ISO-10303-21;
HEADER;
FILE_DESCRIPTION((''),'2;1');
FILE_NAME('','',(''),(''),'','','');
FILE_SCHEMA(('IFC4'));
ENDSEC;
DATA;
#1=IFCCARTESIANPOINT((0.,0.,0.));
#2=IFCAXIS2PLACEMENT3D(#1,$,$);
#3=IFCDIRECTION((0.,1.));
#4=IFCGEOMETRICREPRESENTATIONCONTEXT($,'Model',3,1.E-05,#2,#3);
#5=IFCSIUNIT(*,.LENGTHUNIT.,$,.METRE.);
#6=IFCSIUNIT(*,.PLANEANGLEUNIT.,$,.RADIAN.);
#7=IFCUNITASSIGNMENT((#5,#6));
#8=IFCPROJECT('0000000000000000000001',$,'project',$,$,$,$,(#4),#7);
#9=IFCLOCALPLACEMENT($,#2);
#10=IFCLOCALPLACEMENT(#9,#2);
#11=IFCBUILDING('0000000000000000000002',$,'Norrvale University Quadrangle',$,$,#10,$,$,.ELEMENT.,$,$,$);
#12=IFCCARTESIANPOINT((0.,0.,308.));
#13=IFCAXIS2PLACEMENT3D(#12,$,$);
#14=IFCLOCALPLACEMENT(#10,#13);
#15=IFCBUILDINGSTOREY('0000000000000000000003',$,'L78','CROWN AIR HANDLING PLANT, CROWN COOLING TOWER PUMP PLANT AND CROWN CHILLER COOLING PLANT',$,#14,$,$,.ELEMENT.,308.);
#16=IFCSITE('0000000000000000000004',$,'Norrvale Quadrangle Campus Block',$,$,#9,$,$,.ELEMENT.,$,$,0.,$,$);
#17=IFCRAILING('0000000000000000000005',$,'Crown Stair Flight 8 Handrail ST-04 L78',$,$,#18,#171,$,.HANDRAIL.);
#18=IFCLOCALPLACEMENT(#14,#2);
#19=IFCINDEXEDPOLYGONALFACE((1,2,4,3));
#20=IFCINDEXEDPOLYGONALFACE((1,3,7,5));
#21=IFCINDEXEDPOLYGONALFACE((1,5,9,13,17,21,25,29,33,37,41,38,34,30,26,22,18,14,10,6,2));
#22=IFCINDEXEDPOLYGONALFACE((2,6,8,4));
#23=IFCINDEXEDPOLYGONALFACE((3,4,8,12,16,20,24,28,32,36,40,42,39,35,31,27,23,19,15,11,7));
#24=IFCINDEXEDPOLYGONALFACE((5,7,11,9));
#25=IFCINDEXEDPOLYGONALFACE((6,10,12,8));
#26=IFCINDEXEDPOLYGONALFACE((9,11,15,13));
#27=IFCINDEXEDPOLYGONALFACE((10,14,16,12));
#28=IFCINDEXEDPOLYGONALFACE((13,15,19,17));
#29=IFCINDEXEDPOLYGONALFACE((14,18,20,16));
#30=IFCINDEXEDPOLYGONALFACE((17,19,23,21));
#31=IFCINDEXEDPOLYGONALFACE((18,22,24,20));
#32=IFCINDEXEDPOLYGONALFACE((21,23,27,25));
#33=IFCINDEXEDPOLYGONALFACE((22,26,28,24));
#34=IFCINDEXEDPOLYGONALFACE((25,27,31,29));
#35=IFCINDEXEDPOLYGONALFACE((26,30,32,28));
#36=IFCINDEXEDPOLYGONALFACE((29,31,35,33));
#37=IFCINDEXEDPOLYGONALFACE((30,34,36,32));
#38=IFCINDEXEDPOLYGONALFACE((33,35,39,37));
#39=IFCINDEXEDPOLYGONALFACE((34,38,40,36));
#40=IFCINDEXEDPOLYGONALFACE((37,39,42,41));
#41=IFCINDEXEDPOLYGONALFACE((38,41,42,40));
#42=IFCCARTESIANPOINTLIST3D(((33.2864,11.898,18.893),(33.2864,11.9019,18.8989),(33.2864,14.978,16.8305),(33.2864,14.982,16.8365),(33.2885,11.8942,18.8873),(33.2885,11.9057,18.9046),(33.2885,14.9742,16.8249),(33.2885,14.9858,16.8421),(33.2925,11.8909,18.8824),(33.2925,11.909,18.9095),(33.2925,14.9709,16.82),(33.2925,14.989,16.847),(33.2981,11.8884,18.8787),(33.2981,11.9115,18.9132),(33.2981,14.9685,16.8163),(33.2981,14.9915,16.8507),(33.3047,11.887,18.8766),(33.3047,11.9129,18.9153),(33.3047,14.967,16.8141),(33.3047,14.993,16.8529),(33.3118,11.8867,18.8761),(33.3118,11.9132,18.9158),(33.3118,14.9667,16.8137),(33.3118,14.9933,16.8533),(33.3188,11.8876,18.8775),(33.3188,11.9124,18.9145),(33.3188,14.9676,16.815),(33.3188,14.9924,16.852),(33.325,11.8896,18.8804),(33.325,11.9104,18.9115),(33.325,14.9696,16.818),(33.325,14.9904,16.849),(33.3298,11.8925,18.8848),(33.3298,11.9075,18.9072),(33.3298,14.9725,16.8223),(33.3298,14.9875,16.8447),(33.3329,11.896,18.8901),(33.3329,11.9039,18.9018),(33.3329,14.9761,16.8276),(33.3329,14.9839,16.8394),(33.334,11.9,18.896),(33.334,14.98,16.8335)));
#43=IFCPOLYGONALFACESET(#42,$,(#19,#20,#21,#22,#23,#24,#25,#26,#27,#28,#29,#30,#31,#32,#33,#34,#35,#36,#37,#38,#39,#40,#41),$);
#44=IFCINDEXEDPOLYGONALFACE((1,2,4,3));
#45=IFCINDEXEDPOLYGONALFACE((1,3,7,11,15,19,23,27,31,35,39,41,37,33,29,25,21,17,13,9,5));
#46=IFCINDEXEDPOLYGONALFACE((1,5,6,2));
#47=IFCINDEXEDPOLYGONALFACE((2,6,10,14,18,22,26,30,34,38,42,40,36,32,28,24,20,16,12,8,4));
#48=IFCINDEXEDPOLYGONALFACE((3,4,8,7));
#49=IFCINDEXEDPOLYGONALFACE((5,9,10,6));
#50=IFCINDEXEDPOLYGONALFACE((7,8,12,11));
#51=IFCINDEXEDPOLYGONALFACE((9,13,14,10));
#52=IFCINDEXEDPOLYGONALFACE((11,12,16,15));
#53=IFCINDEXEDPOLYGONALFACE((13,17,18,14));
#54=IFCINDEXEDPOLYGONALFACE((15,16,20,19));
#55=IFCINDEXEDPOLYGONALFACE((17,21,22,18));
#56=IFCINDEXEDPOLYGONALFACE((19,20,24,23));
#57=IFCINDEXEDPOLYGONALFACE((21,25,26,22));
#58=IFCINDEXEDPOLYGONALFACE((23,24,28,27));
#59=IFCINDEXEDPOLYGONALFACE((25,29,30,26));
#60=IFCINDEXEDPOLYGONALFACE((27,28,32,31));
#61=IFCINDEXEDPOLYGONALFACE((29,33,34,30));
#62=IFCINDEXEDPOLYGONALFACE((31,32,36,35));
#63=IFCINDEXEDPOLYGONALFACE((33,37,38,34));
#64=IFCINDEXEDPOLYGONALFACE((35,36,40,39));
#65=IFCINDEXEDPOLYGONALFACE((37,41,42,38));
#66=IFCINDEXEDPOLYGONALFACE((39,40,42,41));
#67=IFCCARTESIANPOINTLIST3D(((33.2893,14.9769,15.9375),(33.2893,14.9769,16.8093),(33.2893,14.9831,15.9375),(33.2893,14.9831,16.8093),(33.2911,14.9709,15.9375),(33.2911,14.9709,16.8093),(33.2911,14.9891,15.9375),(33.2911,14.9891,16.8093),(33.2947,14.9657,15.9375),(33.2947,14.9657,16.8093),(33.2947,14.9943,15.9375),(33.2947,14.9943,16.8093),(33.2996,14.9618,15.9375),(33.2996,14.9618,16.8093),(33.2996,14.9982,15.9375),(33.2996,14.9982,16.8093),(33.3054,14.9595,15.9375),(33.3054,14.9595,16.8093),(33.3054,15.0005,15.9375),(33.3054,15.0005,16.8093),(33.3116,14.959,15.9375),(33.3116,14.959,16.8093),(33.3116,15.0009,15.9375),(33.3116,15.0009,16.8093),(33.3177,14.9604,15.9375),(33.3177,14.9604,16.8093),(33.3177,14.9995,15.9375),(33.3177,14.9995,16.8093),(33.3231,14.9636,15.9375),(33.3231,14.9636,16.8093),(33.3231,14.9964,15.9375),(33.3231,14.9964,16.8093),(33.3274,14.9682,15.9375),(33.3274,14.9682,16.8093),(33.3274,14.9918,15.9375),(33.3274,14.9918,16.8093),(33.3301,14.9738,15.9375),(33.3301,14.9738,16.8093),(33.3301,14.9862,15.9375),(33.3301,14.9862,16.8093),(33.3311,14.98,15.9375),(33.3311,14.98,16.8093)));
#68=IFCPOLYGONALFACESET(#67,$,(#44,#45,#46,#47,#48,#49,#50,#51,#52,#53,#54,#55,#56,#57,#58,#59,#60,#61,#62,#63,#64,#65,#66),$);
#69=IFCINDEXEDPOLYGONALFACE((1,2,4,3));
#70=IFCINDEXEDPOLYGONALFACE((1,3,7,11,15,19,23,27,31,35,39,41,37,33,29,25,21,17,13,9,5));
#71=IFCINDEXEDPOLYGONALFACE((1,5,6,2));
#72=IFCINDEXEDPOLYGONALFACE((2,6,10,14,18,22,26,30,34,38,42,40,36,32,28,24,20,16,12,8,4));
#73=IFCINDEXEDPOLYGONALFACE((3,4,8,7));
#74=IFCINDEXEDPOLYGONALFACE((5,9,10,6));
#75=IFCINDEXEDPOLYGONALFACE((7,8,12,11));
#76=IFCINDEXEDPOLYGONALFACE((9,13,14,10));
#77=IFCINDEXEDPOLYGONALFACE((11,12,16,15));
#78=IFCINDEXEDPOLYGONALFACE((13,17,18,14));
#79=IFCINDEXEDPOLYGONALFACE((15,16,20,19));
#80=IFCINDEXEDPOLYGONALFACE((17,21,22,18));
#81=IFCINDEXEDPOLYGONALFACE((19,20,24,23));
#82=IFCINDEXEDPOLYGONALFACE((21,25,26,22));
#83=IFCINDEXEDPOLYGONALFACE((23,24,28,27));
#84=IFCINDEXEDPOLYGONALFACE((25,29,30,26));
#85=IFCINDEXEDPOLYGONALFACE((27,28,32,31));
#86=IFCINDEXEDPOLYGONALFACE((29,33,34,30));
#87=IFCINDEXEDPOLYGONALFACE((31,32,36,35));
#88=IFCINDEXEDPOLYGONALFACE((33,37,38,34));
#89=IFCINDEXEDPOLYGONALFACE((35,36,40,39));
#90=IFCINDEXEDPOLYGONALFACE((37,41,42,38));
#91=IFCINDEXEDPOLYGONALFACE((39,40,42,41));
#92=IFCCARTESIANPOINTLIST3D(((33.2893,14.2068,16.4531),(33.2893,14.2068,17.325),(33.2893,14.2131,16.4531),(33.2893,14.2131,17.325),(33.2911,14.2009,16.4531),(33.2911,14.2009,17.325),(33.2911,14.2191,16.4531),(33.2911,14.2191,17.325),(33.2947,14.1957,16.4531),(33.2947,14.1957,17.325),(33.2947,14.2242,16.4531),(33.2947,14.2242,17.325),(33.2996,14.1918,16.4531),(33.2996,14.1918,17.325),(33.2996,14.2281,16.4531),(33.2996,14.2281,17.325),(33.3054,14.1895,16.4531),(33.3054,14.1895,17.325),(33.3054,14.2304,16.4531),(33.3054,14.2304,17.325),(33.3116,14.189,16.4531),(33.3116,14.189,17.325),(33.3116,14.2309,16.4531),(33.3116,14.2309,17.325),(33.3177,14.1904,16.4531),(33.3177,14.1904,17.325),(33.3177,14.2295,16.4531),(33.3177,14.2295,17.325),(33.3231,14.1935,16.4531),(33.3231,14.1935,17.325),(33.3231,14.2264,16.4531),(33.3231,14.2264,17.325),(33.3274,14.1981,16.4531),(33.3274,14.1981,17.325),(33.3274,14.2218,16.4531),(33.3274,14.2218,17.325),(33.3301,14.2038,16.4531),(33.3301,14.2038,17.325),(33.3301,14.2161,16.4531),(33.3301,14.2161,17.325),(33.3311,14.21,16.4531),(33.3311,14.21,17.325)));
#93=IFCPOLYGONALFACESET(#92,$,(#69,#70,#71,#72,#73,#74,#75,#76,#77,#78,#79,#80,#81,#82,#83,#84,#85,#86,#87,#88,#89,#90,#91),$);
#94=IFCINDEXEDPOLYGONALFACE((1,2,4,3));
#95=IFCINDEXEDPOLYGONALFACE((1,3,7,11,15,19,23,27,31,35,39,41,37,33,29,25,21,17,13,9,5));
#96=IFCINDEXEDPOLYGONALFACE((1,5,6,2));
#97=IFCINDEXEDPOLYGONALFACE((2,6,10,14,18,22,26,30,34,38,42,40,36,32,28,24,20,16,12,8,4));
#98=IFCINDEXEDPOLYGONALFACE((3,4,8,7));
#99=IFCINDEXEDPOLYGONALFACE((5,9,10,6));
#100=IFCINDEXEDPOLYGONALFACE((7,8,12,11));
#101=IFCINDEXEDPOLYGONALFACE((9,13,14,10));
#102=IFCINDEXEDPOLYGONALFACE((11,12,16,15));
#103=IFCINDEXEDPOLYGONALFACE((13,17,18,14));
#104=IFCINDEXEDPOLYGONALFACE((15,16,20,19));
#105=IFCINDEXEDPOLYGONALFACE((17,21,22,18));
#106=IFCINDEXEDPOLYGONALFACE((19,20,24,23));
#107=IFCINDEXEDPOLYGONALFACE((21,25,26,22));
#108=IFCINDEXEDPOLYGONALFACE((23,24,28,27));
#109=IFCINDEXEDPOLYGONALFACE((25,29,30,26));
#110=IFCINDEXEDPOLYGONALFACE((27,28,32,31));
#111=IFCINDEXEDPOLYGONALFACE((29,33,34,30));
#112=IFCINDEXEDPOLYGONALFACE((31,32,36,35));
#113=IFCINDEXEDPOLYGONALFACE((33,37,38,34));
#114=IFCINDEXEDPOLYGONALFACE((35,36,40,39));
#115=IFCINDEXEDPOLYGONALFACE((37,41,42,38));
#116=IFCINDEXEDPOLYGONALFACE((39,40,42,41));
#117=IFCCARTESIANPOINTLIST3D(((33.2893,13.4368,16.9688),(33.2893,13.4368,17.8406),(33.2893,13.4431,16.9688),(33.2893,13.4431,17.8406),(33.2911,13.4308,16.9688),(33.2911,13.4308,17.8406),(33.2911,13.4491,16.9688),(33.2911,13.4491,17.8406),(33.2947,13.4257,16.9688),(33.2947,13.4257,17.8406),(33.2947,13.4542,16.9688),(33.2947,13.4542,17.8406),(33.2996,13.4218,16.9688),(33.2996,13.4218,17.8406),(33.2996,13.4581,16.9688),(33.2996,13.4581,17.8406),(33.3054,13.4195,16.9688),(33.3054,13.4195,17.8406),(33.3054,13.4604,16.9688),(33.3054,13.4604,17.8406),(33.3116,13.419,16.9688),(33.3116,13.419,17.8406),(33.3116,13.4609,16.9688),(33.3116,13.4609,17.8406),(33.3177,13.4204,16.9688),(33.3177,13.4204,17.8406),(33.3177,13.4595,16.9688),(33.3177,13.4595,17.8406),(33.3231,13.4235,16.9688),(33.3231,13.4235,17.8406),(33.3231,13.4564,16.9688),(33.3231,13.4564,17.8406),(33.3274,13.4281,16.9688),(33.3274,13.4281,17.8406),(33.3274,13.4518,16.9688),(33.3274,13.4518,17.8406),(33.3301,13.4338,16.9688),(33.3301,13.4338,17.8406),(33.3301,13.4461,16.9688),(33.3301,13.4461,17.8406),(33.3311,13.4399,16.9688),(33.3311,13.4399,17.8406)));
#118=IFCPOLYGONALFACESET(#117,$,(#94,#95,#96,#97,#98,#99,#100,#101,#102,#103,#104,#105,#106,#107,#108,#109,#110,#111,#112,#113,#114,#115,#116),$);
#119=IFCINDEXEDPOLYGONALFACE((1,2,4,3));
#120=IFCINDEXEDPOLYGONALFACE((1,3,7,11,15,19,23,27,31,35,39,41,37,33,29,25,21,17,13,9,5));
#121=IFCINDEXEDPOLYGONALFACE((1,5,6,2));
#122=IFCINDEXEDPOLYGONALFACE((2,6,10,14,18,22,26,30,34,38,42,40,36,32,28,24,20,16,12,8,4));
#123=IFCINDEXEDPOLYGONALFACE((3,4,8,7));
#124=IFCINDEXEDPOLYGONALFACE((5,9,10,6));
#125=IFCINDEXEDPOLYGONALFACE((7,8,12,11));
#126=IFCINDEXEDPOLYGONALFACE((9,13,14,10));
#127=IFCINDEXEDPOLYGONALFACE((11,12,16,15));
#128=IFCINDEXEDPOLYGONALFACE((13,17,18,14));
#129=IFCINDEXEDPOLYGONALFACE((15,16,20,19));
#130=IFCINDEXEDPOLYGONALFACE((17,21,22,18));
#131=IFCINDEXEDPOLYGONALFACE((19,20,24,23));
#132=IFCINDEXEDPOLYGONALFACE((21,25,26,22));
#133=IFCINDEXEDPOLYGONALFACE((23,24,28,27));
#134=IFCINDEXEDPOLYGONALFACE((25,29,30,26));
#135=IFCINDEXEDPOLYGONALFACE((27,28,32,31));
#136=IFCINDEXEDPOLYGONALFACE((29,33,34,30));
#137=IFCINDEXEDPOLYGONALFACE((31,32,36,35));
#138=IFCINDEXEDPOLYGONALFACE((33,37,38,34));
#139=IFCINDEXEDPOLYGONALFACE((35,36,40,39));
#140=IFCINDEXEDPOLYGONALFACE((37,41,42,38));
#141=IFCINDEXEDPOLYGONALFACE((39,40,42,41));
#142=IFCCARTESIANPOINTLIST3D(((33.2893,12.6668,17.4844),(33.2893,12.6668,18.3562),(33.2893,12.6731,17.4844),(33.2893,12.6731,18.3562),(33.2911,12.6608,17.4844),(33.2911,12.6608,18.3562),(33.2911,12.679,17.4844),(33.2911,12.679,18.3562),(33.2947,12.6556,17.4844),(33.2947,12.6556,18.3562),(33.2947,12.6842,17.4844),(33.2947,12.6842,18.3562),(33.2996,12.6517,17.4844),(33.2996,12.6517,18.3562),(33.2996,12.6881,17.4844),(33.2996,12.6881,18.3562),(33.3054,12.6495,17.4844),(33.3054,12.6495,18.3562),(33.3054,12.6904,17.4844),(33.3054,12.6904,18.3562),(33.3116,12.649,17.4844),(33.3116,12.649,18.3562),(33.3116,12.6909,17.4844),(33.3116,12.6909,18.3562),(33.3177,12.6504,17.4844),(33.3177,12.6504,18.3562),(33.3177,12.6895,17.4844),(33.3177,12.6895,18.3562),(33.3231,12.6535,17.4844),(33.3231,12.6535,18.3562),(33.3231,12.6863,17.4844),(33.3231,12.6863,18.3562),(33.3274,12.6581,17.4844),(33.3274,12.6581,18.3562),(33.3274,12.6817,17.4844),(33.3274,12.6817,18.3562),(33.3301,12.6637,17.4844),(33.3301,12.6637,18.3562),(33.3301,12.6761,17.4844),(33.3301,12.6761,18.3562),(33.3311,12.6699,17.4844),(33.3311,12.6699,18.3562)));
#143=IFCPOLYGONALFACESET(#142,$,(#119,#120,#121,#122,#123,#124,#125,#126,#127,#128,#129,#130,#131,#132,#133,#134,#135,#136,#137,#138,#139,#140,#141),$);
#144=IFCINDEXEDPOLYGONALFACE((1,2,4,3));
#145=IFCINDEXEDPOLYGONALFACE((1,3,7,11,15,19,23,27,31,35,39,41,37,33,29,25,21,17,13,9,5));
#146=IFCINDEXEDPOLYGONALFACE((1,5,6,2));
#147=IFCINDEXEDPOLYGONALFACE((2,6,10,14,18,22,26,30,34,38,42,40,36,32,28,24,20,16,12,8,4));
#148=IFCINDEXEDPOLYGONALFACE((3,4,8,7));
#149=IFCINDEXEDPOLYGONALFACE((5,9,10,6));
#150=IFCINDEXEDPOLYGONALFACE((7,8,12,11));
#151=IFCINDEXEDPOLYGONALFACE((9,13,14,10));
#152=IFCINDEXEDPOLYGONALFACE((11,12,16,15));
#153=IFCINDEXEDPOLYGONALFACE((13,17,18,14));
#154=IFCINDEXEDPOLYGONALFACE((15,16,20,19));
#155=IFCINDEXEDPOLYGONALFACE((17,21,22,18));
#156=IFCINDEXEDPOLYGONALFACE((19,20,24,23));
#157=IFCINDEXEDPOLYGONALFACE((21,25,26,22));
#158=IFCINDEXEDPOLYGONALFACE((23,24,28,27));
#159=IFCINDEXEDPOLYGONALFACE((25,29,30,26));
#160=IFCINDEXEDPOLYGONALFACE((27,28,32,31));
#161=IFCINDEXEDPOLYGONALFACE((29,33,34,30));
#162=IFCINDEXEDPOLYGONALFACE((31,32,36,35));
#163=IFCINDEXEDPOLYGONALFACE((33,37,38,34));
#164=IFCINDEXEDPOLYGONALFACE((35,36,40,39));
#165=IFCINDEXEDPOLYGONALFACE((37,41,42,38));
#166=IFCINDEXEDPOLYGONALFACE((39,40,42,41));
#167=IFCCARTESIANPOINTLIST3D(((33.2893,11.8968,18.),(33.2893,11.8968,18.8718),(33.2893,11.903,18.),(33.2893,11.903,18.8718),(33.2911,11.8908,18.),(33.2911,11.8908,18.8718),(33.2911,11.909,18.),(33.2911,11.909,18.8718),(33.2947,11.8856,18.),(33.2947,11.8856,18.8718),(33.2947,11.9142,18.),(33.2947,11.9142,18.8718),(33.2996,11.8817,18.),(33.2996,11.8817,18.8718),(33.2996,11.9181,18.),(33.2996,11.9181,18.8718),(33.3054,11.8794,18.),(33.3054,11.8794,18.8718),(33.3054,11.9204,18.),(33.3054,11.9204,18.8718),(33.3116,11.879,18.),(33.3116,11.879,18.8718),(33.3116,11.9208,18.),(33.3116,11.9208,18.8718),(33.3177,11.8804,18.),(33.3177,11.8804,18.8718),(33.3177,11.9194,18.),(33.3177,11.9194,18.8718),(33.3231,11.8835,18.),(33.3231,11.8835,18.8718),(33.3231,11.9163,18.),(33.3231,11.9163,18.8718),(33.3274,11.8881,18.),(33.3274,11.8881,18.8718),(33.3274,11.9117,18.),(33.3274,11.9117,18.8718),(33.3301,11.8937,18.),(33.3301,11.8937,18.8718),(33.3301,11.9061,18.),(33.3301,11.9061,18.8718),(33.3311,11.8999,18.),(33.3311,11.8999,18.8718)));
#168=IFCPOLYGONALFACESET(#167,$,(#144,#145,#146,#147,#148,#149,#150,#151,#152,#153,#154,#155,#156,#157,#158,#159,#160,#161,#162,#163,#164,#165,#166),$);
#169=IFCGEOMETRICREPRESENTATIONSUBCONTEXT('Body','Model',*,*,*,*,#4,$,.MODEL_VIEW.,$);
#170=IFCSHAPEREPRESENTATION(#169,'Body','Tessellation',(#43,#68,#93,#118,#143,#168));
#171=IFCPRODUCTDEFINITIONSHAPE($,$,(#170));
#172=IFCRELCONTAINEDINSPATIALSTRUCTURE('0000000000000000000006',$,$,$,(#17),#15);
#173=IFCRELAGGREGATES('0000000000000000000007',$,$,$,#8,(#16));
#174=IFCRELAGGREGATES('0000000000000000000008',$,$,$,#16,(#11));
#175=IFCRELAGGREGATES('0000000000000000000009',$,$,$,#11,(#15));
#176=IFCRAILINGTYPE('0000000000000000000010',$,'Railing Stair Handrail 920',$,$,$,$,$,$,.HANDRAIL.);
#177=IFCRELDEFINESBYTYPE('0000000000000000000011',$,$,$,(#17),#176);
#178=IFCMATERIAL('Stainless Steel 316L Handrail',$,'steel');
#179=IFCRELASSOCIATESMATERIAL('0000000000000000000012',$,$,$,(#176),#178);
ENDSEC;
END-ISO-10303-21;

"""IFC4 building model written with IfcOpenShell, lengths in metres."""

from ifc_helpers import new_model, si_unit, direction, frame, origin, origin_2d, place, context, subcontext, project, spatial, circle, extrude, material, type_object, element, save


model = new_model("IFC4")

# Units and contexts
model_context = context("Model", 3, precision=1e-05, world=origin(), true_north=direction((0.0, 1.0)))
body_context = subcontext(model_context, "Body", "Model", "MODEL_VIEW")
ifc_project = project(units=[si_unit("LENGTHUNIT", "METRE"), si_unit("PLANEANGLEUNIT", "RADIAN")], contexts=[model_context])

# Site, building, storey
site_placement = place(None, origin())
site = spatial("IfcSite", under=ifc_project, at=site_placement, Name="Norrvale Quadrangle Campus Block", CompositionType="ELEMENT", RefElevation=0.0)
building_placement = place(site_placement, origin())
building = spatial("IfcBuilding", under=site, at=building_placement, Name="Norrvale University Quadrangle", CompositionType="ELEMENT")
storey_placement = place(building_placement, frame((0.0, 0.0, 308.0)))
storey = spatial("IfcBuildingStorey", under=building, at=storey_placement, Name="L78", Description="CROWN AIR HANDLING PLANT, CROWN COOLING TOWER PUMP PLANT AND CROWN CHILLER COOLING PLANT", CompositionType="ELEMENT", Elevation=308.0)

# Railing
ifc_material_1 = material(Name="Stainless Steel 316L Handrail", Category="steel")
railing_type = type_object("IfcRailingType", Name="Railing Stair Handrail 920", PredefinedType="HANDRAIL", material=ifc_material_1)
for number, where, name in (
    (1, (33.3101, 14.98, 15.9375), "Crown Stair Flight 8 Handrail ST-04 L78"),
):
    element("IfcRailing", number, at=place(storey_placement, frame(where)), inside=storey, type_object=railing_type, Name=name, PredefinedType="HANDRAIL", context=body_context, shape_type="SweptSolid", body=[
        extrude(circle(Radius=0.0239, at=origin_2d()), frame((0.0, 0.0, 0.896), z_axis=(0.0, -0.830914, 0.556401), x_axis=(1.0, 0.0, 0.0)), (0.0, 0.0, 1.0), 3.7068),
        extrude(circle(Radius=0.021, at=origin_2d()), origin(), (0.0, 0.0, 1.0), 0.8718),
        extrude(circle(Radius=0.021, at=origin_2d()), frame((0.0, -0.77, 0.5156)), (0.0, 0.0, 1.0), 0.8718),
        extrude(circle(Radius=0.021, at=origin_2d()), frame((0.0, -1.54, 1.0312)), (0.0, 0.0, 1.0), 0.8718),
        extrude(circle(Radius=0.021, at=origin_2d()), frame((0.0, -2.3101, 1.5469)), (0.0, 0.0, 1.0), 0.8718),
        extrude(circle(Radius=0.021, at=origin_2d()), frame((0.0, -3.0801, 2.0625)), (0.0, 0.0, 1.0), 0.8718),
    ])

save(model, "model.ifc")
